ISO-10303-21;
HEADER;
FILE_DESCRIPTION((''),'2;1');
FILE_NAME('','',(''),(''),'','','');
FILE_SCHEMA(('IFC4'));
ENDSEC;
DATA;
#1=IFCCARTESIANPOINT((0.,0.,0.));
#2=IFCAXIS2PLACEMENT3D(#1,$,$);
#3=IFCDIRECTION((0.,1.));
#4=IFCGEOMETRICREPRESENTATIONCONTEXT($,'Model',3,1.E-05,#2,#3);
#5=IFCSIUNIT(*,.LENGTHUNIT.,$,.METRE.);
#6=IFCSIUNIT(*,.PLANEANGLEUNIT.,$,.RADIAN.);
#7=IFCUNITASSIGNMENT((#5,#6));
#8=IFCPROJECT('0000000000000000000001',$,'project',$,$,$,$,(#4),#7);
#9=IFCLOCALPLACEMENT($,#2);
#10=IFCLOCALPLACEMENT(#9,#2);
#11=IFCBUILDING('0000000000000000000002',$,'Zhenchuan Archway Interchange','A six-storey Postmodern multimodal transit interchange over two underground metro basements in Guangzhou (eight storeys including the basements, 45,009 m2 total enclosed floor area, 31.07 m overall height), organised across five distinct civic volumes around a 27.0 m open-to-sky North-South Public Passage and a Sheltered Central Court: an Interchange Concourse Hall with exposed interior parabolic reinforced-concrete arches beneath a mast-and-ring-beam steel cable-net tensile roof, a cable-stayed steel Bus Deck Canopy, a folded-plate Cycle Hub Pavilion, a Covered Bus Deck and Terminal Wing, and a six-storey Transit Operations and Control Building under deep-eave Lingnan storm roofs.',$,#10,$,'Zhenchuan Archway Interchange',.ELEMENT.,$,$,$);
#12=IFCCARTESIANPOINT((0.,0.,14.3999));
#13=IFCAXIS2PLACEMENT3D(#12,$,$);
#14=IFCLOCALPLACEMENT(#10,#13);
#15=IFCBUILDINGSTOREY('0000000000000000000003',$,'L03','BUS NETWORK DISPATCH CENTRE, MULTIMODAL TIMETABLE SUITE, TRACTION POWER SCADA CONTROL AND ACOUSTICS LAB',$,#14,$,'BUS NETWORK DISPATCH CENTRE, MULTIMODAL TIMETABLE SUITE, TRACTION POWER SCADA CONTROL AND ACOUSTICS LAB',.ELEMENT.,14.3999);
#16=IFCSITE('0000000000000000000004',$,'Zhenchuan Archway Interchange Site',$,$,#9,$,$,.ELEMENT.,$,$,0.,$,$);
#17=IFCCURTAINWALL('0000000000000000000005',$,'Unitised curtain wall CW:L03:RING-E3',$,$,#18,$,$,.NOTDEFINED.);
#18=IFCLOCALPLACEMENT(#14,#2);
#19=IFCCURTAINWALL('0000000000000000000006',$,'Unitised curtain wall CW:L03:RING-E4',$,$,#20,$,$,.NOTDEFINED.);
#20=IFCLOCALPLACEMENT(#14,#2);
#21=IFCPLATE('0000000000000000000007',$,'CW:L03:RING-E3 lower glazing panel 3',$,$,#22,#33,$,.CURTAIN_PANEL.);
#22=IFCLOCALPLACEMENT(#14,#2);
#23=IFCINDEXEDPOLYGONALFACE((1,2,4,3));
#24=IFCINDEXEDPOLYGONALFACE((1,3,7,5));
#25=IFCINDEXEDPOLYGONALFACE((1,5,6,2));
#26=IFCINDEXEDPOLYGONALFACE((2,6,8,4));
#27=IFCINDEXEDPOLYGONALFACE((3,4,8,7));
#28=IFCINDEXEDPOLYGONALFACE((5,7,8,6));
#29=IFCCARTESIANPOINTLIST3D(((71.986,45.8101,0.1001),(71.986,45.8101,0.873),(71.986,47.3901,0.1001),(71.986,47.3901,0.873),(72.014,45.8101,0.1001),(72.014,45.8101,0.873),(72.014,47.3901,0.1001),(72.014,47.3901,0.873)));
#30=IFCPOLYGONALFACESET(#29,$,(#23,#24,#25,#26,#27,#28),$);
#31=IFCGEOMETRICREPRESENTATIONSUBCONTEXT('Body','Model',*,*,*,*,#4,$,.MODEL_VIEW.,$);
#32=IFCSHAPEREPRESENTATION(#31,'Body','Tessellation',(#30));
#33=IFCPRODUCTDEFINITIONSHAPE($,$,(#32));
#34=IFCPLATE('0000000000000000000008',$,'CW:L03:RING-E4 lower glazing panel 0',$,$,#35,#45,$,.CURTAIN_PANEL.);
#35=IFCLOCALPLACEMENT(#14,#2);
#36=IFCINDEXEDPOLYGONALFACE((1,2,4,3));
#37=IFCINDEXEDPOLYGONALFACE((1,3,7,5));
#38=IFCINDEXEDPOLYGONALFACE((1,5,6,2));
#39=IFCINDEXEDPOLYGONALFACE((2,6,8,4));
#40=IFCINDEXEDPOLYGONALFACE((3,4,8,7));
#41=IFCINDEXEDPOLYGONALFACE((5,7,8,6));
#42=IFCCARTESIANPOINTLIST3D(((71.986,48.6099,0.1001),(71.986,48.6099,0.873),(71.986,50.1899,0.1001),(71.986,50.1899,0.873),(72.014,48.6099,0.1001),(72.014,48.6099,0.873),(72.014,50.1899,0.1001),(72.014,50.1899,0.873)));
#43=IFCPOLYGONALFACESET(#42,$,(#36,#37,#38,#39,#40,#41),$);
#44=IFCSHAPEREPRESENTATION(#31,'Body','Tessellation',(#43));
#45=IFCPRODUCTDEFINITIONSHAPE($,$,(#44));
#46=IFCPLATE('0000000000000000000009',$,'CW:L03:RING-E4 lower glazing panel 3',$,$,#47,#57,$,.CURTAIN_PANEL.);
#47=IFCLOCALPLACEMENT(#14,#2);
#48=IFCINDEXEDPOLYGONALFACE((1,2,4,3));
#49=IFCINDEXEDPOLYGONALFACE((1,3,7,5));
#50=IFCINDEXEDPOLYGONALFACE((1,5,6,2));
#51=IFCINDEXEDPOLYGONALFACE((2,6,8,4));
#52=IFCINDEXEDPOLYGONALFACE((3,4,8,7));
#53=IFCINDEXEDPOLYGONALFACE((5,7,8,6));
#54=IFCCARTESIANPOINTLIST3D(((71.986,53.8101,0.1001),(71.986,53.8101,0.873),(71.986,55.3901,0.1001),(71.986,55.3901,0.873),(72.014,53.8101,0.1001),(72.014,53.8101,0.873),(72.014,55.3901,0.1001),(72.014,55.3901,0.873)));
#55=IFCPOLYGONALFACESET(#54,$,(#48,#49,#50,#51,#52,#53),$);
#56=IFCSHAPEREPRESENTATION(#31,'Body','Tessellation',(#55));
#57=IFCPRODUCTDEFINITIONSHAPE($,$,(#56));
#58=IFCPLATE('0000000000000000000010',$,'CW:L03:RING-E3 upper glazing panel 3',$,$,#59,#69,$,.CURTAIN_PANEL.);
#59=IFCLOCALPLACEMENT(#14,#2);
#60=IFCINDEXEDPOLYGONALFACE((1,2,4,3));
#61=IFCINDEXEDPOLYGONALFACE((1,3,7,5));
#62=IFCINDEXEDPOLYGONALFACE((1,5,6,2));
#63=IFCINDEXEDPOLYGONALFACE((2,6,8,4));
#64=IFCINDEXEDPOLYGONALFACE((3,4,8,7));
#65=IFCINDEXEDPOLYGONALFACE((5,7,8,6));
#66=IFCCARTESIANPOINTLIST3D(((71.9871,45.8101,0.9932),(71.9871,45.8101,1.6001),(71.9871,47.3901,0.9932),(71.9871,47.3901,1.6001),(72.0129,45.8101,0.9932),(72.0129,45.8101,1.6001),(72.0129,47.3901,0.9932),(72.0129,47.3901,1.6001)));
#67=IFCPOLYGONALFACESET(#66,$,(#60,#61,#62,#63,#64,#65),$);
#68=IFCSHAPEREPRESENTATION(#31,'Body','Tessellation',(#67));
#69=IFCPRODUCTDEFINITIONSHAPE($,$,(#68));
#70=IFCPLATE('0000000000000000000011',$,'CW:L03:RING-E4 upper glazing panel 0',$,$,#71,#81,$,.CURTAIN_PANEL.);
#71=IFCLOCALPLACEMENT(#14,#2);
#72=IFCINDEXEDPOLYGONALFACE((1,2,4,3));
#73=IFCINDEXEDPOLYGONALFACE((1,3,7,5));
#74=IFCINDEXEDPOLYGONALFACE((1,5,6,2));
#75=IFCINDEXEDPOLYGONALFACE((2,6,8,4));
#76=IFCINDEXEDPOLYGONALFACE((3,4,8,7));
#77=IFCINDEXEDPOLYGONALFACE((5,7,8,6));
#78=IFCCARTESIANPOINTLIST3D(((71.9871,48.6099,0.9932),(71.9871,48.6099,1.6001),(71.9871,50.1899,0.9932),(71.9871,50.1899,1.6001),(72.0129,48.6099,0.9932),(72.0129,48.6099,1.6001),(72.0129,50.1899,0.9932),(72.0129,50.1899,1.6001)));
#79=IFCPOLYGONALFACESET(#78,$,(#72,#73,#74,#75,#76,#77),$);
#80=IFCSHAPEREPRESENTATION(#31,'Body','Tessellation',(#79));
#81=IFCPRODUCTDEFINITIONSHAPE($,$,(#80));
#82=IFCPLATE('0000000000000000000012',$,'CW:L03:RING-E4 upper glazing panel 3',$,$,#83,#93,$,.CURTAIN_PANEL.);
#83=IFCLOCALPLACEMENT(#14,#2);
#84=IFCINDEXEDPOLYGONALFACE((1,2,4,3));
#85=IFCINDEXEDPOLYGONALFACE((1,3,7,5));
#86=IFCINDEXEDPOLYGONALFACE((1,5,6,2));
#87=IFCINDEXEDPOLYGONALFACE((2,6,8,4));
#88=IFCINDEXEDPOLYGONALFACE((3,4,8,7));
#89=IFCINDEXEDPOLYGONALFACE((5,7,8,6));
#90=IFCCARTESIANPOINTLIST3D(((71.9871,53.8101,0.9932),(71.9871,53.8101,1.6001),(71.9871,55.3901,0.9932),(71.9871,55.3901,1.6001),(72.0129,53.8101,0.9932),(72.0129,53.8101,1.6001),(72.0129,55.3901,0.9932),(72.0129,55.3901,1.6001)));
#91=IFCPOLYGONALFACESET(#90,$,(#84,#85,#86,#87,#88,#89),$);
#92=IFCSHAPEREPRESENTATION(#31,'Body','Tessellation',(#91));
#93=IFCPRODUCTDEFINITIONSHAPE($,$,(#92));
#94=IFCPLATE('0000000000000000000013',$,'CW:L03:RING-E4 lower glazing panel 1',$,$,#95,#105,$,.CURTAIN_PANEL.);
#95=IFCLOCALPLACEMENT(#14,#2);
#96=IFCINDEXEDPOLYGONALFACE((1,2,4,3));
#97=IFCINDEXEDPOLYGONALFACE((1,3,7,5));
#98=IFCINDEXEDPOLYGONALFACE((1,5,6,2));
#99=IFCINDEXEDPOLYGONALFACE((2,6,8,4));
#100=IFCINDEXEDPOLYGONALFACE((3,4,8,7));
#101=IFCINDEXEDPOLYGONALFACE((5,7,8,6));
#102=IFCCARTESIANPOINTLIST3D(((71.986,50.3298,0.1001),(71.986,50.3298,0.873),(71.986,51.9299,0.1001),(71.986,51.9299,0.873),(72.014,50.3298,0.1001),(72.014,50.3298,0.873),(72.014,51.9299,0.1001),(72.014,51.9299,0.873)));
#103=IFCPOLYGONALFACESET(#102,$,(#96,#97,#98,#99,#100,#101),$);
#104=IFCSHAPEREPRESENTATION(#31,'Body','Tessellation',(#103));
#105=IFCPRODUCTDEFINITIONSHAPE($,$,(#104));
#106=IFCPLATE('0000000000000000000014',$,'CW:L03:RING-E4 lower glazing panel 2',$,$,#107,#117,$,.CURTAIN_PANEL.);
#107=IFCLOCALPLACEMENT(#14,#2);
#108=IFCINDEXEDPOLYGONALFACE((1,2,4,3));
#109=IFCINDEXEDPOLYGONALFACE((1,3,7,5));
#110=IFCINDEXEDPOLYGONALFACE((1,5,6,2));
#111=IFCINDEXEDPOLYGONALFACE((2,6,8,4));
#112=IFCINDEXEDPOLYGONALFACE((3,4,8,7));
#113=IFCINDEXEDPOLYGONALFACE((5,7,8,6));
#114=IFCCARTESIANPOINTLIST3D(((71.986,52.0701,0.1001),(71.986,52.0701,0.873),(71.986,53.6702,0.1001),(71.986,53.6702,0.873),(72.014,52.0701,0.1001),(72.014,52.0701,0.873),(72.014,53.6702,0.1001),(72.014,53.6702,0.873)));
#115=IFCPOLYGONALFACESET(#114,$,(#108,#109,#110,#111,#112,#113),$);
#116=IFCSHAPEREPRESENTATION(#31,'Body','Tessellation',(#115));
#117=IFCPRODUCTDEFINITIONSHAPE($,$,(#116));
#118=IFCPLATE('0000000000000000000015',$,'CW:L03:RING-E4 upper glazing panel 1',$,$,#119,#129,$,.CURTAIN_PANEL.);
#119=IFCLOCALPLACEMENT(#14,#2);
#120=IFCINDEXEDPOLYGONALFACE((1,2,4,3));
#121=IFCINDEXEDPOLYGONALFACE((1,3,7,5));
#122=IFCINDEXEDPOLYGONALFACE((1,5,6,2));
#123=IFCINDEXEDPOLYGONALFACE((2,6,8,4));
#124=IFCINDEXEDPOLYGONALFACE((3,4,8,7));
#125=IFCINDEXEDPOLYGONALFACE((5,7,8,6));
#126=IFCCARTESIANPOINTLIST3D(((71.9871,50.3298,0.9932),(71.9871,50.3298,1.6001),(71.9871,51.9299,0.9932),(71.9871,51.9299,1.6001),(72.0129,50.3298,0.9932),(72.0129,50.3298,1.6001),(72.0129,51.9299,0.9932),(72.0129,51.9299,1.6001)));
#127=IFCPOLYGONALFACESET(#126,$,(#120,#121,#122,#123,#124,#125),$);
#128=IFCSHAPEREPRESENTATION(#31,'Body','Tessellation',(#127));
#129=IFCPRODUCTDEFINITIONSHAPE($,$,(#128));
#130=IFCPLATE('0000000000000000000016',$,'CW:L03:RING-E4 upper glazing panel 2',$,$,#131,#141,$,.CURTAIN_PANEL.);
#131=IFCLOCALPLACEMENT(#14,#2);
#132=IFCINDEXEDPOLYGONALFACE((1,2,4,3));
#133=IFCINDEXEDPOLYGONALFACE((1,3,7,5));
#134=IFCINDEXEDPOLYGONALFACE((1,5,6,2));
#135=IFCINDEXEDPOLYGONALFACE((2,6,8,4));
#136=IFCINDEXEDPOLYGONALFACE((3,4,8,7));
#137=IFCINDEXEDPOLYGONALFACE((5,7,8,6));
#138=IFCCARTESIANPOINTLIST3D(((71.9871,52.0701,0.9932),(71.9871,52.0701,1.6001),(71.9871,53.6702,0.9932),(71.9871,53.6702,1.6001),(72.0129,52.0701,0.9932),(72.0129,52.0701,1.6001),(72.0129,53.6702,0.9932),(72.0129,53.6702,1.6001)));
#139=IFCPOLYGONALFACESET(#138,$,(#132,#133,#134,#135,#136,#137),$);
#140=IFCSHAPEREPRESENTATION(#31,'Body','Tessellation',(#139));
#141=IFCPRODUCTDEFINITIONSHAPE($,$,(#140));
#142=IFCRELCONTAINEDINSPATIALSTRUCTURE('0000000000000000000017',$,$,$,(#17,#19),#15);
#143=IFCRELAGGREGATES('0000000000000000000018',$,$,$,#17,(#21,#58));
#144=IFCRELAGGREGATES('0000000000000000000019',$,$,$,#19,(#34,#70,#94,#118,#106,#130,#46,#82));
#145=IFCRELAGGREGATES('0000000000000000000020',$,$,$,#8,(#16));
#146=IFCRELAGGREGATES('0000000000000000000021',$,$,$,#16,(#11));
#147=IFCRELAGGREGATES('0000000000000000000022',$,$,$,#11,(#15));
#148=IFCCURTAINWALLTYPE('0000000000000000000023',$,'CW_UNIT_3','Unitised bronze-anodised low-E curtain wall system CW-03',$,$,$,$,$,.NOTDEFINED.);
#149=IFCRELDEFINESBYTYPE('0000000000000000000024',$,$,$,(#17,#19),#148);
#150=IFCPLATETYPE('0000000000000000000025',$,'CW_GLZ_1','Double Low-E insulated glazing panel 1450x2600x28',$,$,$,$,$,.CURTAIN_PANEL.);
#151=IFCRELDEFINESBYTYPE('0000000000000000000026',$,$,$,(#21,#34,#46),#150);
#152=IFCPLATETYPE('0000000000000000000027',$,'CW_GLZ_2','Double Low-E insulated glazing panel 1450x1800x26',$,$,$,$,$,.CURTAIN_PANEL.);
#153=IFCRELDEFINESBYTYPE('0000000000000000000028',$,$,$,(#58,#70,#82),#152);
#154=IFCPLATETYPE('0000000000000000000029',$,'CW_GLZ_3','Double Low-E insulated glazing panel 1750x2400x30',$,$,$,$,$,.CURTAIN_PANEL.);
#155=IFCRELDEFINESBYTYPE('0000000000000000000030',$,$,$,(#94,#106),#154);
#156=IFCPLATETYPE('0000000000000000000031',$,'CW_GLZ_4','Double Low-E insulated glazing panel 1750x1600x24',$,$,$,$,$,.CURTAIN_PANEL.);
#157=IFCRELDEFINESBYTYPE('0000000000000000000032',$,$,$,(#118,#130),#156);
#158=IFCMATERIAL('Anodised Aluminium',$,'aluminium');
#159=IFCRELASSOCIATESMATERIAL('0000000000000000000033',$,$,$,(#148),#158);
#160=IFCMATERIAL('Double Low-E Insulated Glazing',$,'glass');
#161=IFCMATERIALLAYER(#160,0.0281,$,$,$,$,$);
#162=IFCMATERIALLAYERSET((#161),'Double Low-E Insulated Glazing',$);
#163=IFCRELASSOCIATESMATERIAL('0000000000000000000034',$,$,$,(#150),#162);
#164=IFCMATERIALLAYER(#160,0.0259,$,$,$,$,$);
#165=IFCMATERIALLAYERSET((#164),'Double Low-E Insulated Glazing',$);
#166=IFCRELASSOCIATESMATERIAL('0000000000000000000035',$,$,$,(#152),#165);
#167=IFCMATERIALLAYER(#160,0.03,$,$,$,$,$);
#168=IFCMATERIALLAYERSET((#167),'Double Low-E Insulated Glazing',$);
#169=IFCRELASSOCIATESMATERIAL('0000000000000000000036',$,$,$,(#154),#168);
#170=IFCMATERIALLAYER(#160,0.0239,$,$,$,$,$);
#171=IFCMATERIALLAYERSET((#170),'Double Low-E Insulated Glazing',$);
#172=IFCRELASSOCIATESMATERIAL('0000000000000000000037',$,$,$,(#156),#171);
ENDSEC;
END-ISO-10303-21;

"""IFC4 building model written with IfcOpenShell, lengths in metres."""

from ifc_helpers import new_model, si_unit, direction, frame, origin, origin_2d, place, context, subcontext, project, spatial, rectangle, extrude, material, layer, layer_set, type_object, element, aggregate, save


model = new_model("IFC4")

# Units and contexts
model_context = context("Model", 3, precision=1e-05, world=origin(), true_north=direction((0.0, 1.0)))
body_context = subcontext(model_context, "Body", "Model", "MODEL_VIEW")
ifc_project = project(units=[si_unit("LENGTHUNIT", "METRE"), si_unit("PLANEANGLEUNIT", "RADIAN")], contexts=[model_context])

# Site, building, storey
site_placement = place(None, origin())
site = spatial("IfcSite", under=ifc_project, at=site_placement, Name="Zhenchuan Archway Interchange Site", CompositionType="ELEMENT", RefElevation=0.0)
building_placement = place(site_placement, origin())
building = spatial("IfcBuilding", under=site, at=building_placement, Name="Zhenchuan Archway Interchange", Description="A six-storey Postmodern multimodal transit interchange over two underground metro basements in Guangzhou (eight storeys including the basements, 45,009 m2 total enclosed floor area, 31.07 m overall height), organised across five distinct civic volumes around a 27.0 m open-to-sky North-South Public Passage and a Sheltered Central Court: an Interchange Concourse Hall with exposed interior parabolic reinforced-concrete arches beneath a mast-and-ring-beam steel cable-net tensile roof, a cable-stayed steel Bus Deck Canopy, a folded-plate Cycle Hub Pavilion, a Covered Bus Deck and Terminal Wing, and a six-storey Transit Operations and Control Building under deep-eave Lingnan storm roofs.", LongName="Zhenchuan Archway Interchange", CompositionType="ELEMENT")
storey_placement = place(building_placement, frame((0.0, 0.0, 14.3999)))
storey = spatial("IfcBuildingStorey", under=building, at=storey_placement, Name="L03", Description="BUS NETWORK DISPATCH CENTRE, MULTIMODAL TIMETABLE SUITE, TRACTION POWER SCADA CONTROL AND ACOUSTICS LAB", LongName="BUS NETWORK DISPATCH CENTRE, MULTIMODAL TIMETABLE SUITE, TRACTION POWER SCADA CONTROL AND ACOUSTICS LAB", CompositionType="ELEMENT", Elevation=14.3999)

# Curtain wall
ifc_material_1 = material(Name="Anodised Aluminium", Category="aluminium")
curtain_wall_type = type_object("IfcCurtainWallType", Name="CW_UNIT_3", Description="Unitised bronze-anodised low-E curtain wall system CW-03", PredefinedType="NOTDEFINED", material=ifc_material_1)
curtain_wall_1_placement = place(storey_placement, origin())
curtain_wall_1 = element("IfcCurtainWall", 1, at=curtain_wall_1_placement, inside=storey, type_object=curtain_wall_type, Name="Unitised curtain wall CW:L03:RING-E3", PredefinedType="NOTDEFINED")

# Curtain wall
curtain_wall_2_placement = place(storey_placement, origin())
curtain_wall_2 = element("IfcCurtainWall", 2, at=curtain_wall_2_placement, inside=storey, type_object=curtain_wall_type, Name="Unitised curtain wall CW:L03:RING-E4", PredefinedType="NOTDEFINED")

# Plates
ifc_material_2 = material(Name="Double Low-E Insulated Glazing", Category="glass")
ifc_layer_1 = layer(ifc_material_2, 0.0281)
ifc_layer_set_1 = layer_set([ifc_layer_1], Name="Double Low-E Insulated Glazing")
plate_type_1 = type_object("IfcPlateType", Name="CW_GLZ_1", Description="Double Low-E insulated glazing panel 1450x2600x28", PredefinedType="CURTAIN_PANEL", material=ifc_layer_set_1)
plate_1_placement = place(storey_placement, frame((72.0, 46.6001, 0.1001), z_axis=(0.0, 0.0, 1.0), x_axis=(0.0, 1.0, 0.0)))
plate_1 = element("IfcPlate", 3, at=plate_1_placement, type_object=plate_type_1, Name="CW:L03:RING-E3 lower glazing panel 3", PredefinedType="CURTAIN_PANEL", context=body_context, shape_type="SweptSolid", body=[
    extrude(rectangle(XDim=1.5801, YDim=0.0281, at=origin_2d()), origin(), (0.0, 0.0, 1.0), 0.7729),
])
plate_2_placement = place(storey_placement, frame((72.0, 49.3999, 0.1001), z_axis=(0.0, 0.0, 1.0), x_axis=(0.0, 1.0, 0.0)))
plate_2 = element("IfcPlate", 4, at=plate_2_placement, type_object=plate_type_1, Name="CW:L03:RING-E4 lower glazing panel 0", PredefinedType="CURTAIN_PANEL", context=body_context, shape_type="SweptSolid", body=[
    extrude(rectangle(XDim=1.5801, YDim=0.0281, at=origin_2d()), origin(), (0.0, 0.0, 1.0), 0.7729),
])
plate_3_placement = place(storey_placement, frame((72.0, 54.6001, 0.1001), z_axis=(0.0, 0.0, 1.0), x_axis=(0.0, 1.0, 0.0)))
plate_3 = element("IfcPlate", 5, at=plate_3_placement, type_object=plate_type_1, Name="CW:L03:RING-E4 lower glazing panel 3", PredefinedType="CURTAIN_PANEL", context=body_context, shape_type="SweptSolid", body=[
    extrude(rectangle(XDim=1.5801, YDim=0.0281, at=origin_2d()), origin(), (0.0, 0.0, 1.0), 0.7729),
])
ifc_layer_2 = layer(ifc_material_2, 0.0259)
ifc_layer_set_2 = layer_set([ifc_layer_2], Name="Double Low-E Insulated Glazing")
plate_type_2 = type_object("IfcPlateType", Name="CW_GLZ_2", Description="Double Low-E insulated glazing panel 1450x1800x26", PredefinedType="CURTAIN_PANEL", material=ifc_layer_set_2)
plate_4_placement = place(storey_placement, frame((72.0, 46.6001, 0.9932), z_axis=(0.0, 0.0, 1.0), x_axis=(0.0, 1.0, 0.0)))
plate_4 = element("IfcPlate", 6, at=plate_4_placement, type_object=plate_type_2, Name="CW:L03:RING-E3 upper glazing panel 3", PredefinedType="CURTAIN_PANEL", context=body_context, shape_type="SweptSolid", body=[
    extrude(rectangle(XDim=1.5801, YDim=0.0259, at=origin_2d()), origin(), (0.0, 0.0, 1.0), 0.6069),
])
aggregate(curtain_wall_1, [plate_1, plate_4])
plate_5_placement = place(storey_placement, frame((72.0, 49.3999, 0.9932), z_axis=(0.0, 0.0, 1.0), x_axis=(0.0, 1.0, 0.0)))
plate_5 = element("IfcPlate", 7, at=plate_5_placement, type_object=plate_type_2, Name="CW:L03:RING-E4 upper glazing panel 0", PredefinedType="CURTAIN_PANEL", context=body_context, shape_type="SweptSolid", body=[
    extrude(rectangle(XDim=1.5801, YDim=0.0259, at=origin_2d()), origin(), (0.0, 0.0, 1.0), 0.6069),
])
plate_6_placement = place(storey_placement, frame((72.0, 54.6001, 0.9932), z_axis=(0.0, 0.0, 1.0), x_axis=(0.0, 1.0, 0.0)))
plate_6 = element("IfcPlate", 8, at=plate_6_placement, type_object=plate_type_2, Name="CW:L03:RING-E4 upper glazing panel 3", PredefinedType="CURTAIN_PANEL", context=body_context, shape_type="SweptSolid", body=[
    extrude(rectangle(XDim=1.5801, YDim=0.0259, at=origin_2d()), origin(), (0.0, 0.0, 1.0), 0.6069),
])
ifc_layer_3 = layer(ifc_material_2, 0.03)
ifc_layer_set_3 = layer_set([ifc_layer_3], Name="Double Low-E Insulated Glazing")
plate_type_3 = type_object("IfcPlateType", Name="CW_GLZ_3", Description="Double Low-E insulated glazing panel 1750x2400x30", PredefinedType="CURTAIN_PANEL", material=ifc_layer_set_3)
plate_7_placement = place(storey_placement, frame((72.0, 51.1299, 0.1001), z_axis=(0.0, 0.0, 1.0), x_axis=(0.0, 1.0, 0.0)))
plate_7 = element("IfcPlate", 9, at=plate_7_placement, type_object=plate_type_3, Name="CW:L03:RING-E4 lower glazing panel 1", PredefinedType="CURTAIN_PANEL", context=body_context, shape_type="SweptSolid", body=[
    extrude(rectangle(XDim=1.6001, YDim=0.0281, at=origin_2d()), origin(), (0.0, 0.0, 1.0), 0.7729),
])
plate_8_placement = place(storey_placement, frame((72.0, 52.8701, 0.1001), z_axis=(0.0, 0.0, 1.0), x_axis=(0.0, 1.0, 0.0)))
plate_8 = element("IfcPlate", 10, at=plate_8_placement, type_object=plate_type_3, Name="CW:L03:RING-E4 lower glazing panel 2", PredefinedType="CURTAIN_PANEL", context=body_context, shape_type="SweptSolid", body=[
    extrude(rectangle(XDim=1.6001, YDim=0.0281, at=origin_2d()), origin(), (0.0, 0.0, 1.0), 0.7729),
])
ifc_layer_4 = layer(ifc_material_2, 0.0239)
ifc_layer_set_4 = layer_set([ifc_layer_4], Name="Double Low-E Insulated Glazing")
plate_type_4 = type_object("IfcPlateType", Name="CW_GLZ_4", Description="Double Low-E insulated glazing panel 1750x1600x24", PredefinedType="CURTAIN_PANEL", material=ifc_layer_set_4)
plate_9_placement = place(storey_placement, frame((72.0, 51.1299, 0.9932), z_axis=(0.0, 0.0, 1.0), x_axis=(0.0, 1.0, 0.0)))
plate_9 = element("IfcPlate", 11, at=plate_9_placement, type_object=plate_type_4, Name="CW:L03:RING-E4 upper glazing panel 1", PredefinedType="CURTAIN_PANEL", context=body_context, shape_type="SweptSolid", body=[
    extrude(rectangle(XDim=1.6001, YDim=0.0259, at=origin_2d()), origin(), (0.0, 0.0, 1.0), 0.6069),
])
plate_10_placement = place(storey_placement, frame((72.0, 52.8701, 0.9932), z_axis=(0.0, 0.0, 1.0), x_axis=(0.0, 1.0, 0.0)))
plate_10 = element("IfcPlate", 12, at=plate_10_placement, type_object=plate_type_4, Name="CW:L03:RING-E4 upper glazing panel 2", PredefinedType="CURTAIN_PANEL", context=body_context, shape_type="SweptSolid", body=[
    extrude(rectangle(XDim=1.6001, YDim=0.0259, at=origin_2d()), origin(), (0.0, 0.0, 1.0), 0.6069),
])
aggregate(curtain_wall_2, [plate_2, plate_5, plate_7, plate_9, plate_8, plate_10, plate_3, plate_6])

save(model, "model.ifc")
